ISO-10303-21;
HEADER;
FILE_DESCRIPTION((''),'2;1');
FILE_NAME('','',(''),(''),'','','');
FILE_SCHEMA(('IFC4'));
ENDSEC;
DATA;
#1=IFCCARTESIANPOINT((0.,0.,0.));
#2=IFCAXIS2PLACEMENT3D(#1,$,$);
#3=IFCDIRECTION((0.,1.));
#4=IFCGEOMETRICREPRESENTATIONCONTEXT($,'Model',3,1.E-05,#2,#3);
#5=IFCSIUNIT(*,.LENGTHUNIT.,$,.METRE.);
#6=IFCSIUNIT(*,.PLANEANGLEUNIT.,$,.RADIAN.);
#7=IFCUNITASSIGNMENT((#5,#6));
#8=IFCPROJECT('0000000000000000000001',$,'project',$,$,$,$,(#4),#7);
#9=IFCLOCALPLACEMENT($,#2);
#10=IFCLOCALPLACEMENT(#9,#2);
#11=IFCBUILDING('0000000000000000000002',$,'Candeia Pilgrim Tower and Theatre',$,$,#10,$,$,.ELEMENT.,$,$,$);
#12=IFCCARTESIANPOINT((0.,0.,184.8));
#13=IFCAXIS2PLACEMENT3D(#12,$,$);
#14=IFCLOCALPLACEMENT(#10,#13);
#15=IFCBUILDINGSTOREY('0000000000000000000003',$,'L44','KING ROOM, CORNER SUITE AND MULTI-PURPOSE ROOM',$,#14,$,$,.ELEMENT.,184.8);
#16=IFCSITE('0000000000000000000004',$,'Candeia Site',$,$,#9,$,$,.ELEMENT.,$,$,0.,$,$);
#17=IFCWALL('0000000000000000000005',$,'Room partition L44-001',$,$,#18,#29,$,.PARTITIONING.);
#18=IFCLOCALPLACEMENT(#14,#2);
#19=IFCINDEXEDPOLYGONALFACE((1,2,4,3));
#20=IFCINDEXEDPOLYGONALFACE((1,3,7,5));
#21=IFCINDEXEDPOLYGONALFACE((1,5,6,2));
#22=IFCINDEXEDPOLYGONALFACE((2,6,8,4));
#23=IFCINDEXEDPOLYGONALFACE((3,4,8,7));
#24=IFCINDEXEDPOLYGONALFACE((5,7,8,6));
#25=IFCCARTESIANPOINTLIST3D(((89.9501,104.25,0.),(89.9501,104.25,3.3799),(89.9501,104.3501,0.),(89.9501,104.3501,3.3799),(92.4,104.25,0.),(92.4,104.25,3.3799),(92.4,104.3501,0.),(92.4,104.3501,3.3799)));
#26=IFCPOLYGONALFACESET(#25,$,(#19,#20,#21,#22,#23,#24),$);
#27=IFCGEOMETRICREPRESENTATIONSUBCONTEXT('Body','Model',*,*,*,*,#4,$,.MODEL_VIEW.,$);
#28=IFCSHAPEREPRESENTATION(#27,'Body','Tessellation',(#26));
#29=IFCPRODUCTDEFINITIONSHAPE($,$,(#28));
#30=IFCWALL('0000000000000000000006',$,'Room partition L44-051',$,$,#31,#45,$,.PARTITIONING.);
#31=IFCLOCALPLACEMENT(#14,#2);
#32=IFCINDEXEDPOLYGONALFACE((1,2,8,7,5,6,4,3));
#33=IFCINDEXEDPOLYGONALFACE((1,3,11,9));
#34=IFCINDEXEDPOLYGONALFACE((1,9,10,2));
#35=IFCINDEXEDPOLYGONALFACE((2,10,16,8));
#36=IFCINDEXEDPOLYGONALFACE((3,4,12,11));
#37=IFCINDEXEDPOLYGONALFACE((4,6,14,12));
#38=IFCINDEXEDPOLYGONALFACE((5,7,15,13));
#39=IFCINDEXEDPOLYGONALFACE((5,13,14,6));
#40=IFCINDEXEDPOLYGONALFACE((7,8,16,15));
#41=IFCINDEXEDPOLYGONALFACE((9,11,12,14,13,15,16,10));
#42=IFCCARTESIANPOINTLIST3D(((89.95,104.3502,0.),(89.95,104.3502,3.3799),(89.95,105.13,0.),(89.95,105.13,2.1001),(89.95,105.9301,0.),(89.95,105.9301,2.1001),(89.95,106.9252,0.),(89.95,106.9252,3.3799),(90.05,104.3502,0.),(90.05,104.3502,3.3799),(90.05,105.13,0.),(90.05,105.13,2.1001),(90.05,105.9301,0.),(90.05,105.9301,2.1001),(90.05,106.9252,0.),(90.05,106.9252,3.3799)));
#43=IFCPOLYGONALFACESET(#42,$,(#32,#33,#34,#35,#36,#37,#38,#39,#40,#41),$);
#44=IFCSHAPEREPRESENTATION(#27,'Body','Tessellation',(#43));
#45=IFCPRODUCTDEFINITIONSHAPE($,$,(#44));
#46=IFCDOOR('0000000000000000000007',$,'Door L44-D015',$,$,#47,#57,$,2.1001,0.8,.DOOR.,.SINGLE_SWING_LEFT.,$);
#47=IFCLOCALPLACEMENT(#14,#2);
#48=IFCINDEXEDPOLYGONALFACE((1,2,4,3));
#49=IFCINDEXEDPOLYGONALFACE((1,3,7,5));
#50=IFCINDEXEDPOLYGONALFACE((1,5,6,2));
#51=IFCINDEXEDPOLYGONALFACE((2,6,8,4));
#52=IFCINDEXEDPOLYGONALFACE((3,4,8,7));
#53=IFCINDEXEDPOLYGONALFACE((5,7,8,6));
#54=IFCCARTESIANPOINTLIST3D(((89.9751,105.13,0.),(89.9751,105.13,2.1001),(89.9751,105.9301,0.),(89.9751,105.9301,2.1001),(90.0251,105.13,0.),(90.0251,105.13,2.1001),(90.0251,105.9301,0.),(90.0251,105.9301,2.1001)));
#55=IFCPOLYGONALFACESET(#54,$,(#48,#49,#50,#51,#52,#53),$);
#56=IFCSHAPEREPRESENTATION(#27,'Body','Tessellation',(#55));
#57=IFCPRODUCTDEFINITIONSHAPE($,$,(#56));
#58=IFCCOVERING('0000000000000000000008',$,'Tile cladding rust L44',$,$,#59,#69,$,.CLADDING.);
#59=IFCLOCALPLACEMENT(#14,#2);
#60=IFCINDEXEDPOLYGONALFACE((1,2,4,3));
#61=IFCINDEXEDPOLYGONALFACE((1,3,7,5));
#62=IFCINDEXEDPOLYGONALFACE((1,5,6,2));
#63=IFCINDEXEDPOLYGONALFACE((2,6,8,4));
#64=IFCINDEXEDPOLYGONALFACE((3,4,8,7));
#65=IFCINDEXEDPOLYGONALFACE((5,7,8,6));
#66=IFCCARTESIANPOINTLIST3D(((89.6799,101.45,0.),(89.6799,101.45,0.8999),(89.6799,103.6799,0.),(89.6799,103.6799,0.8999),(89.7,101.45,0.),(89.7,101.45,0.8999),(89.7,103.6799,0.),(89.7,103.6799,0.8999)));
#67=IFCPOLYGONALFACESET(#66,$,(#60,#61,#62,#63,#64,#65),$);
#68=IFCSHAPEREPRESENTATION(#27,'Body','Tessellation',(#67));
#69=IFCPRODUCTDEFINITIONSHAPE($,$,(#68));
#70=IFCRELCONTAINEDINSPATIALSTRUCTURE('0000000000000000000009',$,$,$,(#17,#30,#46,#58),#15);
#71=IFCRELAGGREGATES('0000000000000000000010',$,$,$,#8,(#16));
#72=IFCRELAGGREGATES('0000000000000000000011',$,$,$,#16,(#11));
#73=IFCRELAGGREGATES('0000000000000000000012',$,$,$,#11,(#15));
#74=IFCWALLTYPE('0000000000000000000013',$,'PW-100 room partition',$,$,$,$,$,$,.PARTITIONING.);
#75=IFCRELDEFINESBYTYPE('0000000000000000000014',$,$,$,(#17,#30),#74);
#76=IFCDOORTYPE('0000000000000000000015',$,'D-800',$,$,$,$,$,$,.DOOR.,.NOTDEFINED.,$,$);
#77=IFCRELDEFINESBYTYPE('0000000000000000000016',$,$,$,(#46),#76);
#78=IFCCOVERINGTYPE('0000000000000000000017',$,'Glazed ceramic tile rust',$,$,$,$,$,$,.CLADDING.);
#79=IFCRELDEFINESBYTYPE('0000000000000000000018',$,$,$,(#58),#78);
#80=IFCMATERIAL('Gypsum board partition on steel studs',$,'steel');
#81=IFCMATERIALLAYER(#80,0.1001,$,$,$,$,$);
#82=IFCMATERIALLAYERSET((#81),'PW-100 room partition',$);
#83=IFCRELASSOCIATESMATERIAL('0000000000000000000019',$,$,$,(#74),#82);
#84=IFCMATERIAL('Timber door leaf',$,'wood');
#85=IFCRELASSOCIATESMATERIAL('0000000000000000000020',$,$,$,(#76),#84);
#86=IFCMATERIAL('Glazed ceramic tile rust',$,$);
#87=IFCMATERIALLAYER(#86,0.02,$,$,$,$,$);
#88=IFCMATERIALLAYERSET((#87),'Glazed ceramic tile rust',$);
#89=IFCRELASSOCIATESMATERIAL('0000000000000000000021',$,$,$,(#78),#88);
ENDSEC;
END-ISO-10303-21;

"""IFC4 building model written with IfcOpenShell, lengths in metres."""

from ifc_helpers import new_model, si_unit, direction, frame, frame_2d, origin, origin_2d, place, context, subcontext, project, spatial, rectangle, extrude, material, layer, layer_set, type_object, element, fill, save


model = new_model("IFC4")

# Units and contexts
model_context = context("Model", 3, precision=1e-05, world=origin(), true_north=direction((0.0, 1.0)))
body_context = subcontext(model_context, "Body", "Model", "MODEL_VIEW")
ifc_project = project(units=[si_unit("LENGTHUNIT", "METRE"), si_unit("PLANEANGLEUNIT", "RADIAN")], contexts=[model_context])

# Site, building, storey
site_placement = place(None, origin())
site = spatial("IfcSite", under=ifc_project, at=site_placement, Name="Candeia Site", CompositionType="ELEMENT", RefElevation=0.0)
building_placement = place(site_placement, origin())
building = spatial("IfcBuilding", under=site, at=building_placement, Name="Candeia Pilgrim Tower and Theatre", CompositionType="ELEMENT")
storey_placement = place(building_placement, frame((0.0, 0.0, 184.8)))
storey = spatial("IfcBuildingStorey", under=building, at=storey_placement, Name="L44", Description="KING ROOM, CORNER SUITE AND MULTI-PURPOSE ROOM", CompositionType="ELEMENT", Elevation=184.8)

# Wall
ifc_material_1 = material(Name="Gypsum board partition on steel studs", Category="steel")
ifc_layer_1 = layer(ifc_material_1, 0.1001)
ifc_layer_set_1 = layer_set([ifc_layer_1], Name="PW-100 room partition")
wall_type_1 = type_object("IfcWallType", Name="PW-100 room partition", PredefinedType="PARTITIONING", material=ifc_layer_set_1)
wall_1_placement = place(storey_placement, frame((89.95, 104.3, 0.0), z_axis=(0.0, 0.0, 1.0), x_axis=(1.0, 0.0, 0.0)))
element("IfcWall", 1, at=wall_1_placement, inside=storey, type_object=wall_type_1, Name="Room partition L44-001", PredefinedType="PARTITIONING", context=body_context, shape_type="SweptSolid", body=[
    extrude(rectangle(XDim=2.45, YDim=0.1001, at=frame_2d((1.2251, 0.0))), origin(), (0.0, 0.0, 1.0), 3.3799),
])

# Wall, opening, door
wall_2_placement = place(storey_placement, frame((90.0, 104.3501, 0.0), z_axis=(0.0, 0.0, 1.0), x_axis=(0.0, 1.0, 0.0)))
wall_2 = element("IfcWall", 2, at=wall_2_placement, inside=storey, type_object=wall_type_1, Name="Room partition L44-051", PredefinedType="PARTITIONING", context=body_context, shape_type="SweptSolid", body=[
    extrude(rectangle(XDim=2.575, YDim=0.1001, at=frame_2d((1.2876, 0.0))), origin(), (0.0, 0.0, 1.0), 3.3799),
])
opening_1_placement = place(wall_2_placement, frame((0.78, 0.0, 0.0)))
opening_1 = element("IfcOpeningElement", 3, at=opening_1_placement, cuts=wall_2, PredefinedType="OPENING", context=body_context, shape_type="SweptSolid", body=[
    extrude(rectangle(XDim=0.8, YDim=2.1001, at=frame_2d((0.3999, 1.05))), frame((0.0, 0.0601, 0.0), z_axis=(0.0, -1.0, 0.0), x_axis=(1.0, 0.0, 0.0)), (0.0, 0.0, 1.0), 0.1201),
])
ifc_material_2 = material(Name="Timber door leaf", Category="wood")
door_type_1 = type_object("IfcDoorType", Name="D-800", OperationType="NOTDEFINED", PredefinedType="DOOR", material=ifc_material_2)
door_1_placement = place(opening_1_placement, origin())
door_1 = element("IfcDoor", 4, at=door_1_placement, inside=storey, type_object=door_type_1, Name="Door L44-D015", OperationType="SINGLE_SWING_LEFT", OverallHeight=2.1001, OverallWidth=0.8, PredefinedType="DOOR", context=body_context, shape_type="SweptSolid", body=[
    extrude(rectangle(XDim=0.8, YDim=2.1001, at=frame_2d((0.3999, 1.05))), frame((0.0, 0.0249, 0.0), z_axis=(0.0, -1.0, 0.0), x_axis=(1.0, 0.0, 0.0)), (0.0, 0.0, 1.0), 0.05),
])
fill(opening_1, door_1)

# Covering
ifc_material_3 = material(Name="Glazed ceramic tile rust")
ifc_layer_2 = layer(ifc_material_3, 0.02)
ifc_layer_set_2 = layer_set([ifc_layer_2], Name="Glazed ceramic tile rust")
covering_type = type_object("IfcCoveringType", Name="Glazed ceramic tile rust", PredefinedType="CLADDING", material=ifc_layer_set_2)
covering_placement = place(storey_placement, frame((89.6899, 102.5649, 0.0), z_axis=(0.0, 0.0, 1.0), x_axis=(0.0, -1.0, 0.0)))
element("IfcCovering", 5, at=covering_placement, inside=storey, type_object=covering_type, Name="Tile cladding rust L44", PredefinedType="CLADDING", context=body_context, shape_type="SweptSolid", body=[
    extrude(rectangle(XDim=2.23, YDim=0.02, at=origin_2d()), origin(), (0.0, 0.0, 1.0), 0.8999),
])

save(model, "model.ifc")
